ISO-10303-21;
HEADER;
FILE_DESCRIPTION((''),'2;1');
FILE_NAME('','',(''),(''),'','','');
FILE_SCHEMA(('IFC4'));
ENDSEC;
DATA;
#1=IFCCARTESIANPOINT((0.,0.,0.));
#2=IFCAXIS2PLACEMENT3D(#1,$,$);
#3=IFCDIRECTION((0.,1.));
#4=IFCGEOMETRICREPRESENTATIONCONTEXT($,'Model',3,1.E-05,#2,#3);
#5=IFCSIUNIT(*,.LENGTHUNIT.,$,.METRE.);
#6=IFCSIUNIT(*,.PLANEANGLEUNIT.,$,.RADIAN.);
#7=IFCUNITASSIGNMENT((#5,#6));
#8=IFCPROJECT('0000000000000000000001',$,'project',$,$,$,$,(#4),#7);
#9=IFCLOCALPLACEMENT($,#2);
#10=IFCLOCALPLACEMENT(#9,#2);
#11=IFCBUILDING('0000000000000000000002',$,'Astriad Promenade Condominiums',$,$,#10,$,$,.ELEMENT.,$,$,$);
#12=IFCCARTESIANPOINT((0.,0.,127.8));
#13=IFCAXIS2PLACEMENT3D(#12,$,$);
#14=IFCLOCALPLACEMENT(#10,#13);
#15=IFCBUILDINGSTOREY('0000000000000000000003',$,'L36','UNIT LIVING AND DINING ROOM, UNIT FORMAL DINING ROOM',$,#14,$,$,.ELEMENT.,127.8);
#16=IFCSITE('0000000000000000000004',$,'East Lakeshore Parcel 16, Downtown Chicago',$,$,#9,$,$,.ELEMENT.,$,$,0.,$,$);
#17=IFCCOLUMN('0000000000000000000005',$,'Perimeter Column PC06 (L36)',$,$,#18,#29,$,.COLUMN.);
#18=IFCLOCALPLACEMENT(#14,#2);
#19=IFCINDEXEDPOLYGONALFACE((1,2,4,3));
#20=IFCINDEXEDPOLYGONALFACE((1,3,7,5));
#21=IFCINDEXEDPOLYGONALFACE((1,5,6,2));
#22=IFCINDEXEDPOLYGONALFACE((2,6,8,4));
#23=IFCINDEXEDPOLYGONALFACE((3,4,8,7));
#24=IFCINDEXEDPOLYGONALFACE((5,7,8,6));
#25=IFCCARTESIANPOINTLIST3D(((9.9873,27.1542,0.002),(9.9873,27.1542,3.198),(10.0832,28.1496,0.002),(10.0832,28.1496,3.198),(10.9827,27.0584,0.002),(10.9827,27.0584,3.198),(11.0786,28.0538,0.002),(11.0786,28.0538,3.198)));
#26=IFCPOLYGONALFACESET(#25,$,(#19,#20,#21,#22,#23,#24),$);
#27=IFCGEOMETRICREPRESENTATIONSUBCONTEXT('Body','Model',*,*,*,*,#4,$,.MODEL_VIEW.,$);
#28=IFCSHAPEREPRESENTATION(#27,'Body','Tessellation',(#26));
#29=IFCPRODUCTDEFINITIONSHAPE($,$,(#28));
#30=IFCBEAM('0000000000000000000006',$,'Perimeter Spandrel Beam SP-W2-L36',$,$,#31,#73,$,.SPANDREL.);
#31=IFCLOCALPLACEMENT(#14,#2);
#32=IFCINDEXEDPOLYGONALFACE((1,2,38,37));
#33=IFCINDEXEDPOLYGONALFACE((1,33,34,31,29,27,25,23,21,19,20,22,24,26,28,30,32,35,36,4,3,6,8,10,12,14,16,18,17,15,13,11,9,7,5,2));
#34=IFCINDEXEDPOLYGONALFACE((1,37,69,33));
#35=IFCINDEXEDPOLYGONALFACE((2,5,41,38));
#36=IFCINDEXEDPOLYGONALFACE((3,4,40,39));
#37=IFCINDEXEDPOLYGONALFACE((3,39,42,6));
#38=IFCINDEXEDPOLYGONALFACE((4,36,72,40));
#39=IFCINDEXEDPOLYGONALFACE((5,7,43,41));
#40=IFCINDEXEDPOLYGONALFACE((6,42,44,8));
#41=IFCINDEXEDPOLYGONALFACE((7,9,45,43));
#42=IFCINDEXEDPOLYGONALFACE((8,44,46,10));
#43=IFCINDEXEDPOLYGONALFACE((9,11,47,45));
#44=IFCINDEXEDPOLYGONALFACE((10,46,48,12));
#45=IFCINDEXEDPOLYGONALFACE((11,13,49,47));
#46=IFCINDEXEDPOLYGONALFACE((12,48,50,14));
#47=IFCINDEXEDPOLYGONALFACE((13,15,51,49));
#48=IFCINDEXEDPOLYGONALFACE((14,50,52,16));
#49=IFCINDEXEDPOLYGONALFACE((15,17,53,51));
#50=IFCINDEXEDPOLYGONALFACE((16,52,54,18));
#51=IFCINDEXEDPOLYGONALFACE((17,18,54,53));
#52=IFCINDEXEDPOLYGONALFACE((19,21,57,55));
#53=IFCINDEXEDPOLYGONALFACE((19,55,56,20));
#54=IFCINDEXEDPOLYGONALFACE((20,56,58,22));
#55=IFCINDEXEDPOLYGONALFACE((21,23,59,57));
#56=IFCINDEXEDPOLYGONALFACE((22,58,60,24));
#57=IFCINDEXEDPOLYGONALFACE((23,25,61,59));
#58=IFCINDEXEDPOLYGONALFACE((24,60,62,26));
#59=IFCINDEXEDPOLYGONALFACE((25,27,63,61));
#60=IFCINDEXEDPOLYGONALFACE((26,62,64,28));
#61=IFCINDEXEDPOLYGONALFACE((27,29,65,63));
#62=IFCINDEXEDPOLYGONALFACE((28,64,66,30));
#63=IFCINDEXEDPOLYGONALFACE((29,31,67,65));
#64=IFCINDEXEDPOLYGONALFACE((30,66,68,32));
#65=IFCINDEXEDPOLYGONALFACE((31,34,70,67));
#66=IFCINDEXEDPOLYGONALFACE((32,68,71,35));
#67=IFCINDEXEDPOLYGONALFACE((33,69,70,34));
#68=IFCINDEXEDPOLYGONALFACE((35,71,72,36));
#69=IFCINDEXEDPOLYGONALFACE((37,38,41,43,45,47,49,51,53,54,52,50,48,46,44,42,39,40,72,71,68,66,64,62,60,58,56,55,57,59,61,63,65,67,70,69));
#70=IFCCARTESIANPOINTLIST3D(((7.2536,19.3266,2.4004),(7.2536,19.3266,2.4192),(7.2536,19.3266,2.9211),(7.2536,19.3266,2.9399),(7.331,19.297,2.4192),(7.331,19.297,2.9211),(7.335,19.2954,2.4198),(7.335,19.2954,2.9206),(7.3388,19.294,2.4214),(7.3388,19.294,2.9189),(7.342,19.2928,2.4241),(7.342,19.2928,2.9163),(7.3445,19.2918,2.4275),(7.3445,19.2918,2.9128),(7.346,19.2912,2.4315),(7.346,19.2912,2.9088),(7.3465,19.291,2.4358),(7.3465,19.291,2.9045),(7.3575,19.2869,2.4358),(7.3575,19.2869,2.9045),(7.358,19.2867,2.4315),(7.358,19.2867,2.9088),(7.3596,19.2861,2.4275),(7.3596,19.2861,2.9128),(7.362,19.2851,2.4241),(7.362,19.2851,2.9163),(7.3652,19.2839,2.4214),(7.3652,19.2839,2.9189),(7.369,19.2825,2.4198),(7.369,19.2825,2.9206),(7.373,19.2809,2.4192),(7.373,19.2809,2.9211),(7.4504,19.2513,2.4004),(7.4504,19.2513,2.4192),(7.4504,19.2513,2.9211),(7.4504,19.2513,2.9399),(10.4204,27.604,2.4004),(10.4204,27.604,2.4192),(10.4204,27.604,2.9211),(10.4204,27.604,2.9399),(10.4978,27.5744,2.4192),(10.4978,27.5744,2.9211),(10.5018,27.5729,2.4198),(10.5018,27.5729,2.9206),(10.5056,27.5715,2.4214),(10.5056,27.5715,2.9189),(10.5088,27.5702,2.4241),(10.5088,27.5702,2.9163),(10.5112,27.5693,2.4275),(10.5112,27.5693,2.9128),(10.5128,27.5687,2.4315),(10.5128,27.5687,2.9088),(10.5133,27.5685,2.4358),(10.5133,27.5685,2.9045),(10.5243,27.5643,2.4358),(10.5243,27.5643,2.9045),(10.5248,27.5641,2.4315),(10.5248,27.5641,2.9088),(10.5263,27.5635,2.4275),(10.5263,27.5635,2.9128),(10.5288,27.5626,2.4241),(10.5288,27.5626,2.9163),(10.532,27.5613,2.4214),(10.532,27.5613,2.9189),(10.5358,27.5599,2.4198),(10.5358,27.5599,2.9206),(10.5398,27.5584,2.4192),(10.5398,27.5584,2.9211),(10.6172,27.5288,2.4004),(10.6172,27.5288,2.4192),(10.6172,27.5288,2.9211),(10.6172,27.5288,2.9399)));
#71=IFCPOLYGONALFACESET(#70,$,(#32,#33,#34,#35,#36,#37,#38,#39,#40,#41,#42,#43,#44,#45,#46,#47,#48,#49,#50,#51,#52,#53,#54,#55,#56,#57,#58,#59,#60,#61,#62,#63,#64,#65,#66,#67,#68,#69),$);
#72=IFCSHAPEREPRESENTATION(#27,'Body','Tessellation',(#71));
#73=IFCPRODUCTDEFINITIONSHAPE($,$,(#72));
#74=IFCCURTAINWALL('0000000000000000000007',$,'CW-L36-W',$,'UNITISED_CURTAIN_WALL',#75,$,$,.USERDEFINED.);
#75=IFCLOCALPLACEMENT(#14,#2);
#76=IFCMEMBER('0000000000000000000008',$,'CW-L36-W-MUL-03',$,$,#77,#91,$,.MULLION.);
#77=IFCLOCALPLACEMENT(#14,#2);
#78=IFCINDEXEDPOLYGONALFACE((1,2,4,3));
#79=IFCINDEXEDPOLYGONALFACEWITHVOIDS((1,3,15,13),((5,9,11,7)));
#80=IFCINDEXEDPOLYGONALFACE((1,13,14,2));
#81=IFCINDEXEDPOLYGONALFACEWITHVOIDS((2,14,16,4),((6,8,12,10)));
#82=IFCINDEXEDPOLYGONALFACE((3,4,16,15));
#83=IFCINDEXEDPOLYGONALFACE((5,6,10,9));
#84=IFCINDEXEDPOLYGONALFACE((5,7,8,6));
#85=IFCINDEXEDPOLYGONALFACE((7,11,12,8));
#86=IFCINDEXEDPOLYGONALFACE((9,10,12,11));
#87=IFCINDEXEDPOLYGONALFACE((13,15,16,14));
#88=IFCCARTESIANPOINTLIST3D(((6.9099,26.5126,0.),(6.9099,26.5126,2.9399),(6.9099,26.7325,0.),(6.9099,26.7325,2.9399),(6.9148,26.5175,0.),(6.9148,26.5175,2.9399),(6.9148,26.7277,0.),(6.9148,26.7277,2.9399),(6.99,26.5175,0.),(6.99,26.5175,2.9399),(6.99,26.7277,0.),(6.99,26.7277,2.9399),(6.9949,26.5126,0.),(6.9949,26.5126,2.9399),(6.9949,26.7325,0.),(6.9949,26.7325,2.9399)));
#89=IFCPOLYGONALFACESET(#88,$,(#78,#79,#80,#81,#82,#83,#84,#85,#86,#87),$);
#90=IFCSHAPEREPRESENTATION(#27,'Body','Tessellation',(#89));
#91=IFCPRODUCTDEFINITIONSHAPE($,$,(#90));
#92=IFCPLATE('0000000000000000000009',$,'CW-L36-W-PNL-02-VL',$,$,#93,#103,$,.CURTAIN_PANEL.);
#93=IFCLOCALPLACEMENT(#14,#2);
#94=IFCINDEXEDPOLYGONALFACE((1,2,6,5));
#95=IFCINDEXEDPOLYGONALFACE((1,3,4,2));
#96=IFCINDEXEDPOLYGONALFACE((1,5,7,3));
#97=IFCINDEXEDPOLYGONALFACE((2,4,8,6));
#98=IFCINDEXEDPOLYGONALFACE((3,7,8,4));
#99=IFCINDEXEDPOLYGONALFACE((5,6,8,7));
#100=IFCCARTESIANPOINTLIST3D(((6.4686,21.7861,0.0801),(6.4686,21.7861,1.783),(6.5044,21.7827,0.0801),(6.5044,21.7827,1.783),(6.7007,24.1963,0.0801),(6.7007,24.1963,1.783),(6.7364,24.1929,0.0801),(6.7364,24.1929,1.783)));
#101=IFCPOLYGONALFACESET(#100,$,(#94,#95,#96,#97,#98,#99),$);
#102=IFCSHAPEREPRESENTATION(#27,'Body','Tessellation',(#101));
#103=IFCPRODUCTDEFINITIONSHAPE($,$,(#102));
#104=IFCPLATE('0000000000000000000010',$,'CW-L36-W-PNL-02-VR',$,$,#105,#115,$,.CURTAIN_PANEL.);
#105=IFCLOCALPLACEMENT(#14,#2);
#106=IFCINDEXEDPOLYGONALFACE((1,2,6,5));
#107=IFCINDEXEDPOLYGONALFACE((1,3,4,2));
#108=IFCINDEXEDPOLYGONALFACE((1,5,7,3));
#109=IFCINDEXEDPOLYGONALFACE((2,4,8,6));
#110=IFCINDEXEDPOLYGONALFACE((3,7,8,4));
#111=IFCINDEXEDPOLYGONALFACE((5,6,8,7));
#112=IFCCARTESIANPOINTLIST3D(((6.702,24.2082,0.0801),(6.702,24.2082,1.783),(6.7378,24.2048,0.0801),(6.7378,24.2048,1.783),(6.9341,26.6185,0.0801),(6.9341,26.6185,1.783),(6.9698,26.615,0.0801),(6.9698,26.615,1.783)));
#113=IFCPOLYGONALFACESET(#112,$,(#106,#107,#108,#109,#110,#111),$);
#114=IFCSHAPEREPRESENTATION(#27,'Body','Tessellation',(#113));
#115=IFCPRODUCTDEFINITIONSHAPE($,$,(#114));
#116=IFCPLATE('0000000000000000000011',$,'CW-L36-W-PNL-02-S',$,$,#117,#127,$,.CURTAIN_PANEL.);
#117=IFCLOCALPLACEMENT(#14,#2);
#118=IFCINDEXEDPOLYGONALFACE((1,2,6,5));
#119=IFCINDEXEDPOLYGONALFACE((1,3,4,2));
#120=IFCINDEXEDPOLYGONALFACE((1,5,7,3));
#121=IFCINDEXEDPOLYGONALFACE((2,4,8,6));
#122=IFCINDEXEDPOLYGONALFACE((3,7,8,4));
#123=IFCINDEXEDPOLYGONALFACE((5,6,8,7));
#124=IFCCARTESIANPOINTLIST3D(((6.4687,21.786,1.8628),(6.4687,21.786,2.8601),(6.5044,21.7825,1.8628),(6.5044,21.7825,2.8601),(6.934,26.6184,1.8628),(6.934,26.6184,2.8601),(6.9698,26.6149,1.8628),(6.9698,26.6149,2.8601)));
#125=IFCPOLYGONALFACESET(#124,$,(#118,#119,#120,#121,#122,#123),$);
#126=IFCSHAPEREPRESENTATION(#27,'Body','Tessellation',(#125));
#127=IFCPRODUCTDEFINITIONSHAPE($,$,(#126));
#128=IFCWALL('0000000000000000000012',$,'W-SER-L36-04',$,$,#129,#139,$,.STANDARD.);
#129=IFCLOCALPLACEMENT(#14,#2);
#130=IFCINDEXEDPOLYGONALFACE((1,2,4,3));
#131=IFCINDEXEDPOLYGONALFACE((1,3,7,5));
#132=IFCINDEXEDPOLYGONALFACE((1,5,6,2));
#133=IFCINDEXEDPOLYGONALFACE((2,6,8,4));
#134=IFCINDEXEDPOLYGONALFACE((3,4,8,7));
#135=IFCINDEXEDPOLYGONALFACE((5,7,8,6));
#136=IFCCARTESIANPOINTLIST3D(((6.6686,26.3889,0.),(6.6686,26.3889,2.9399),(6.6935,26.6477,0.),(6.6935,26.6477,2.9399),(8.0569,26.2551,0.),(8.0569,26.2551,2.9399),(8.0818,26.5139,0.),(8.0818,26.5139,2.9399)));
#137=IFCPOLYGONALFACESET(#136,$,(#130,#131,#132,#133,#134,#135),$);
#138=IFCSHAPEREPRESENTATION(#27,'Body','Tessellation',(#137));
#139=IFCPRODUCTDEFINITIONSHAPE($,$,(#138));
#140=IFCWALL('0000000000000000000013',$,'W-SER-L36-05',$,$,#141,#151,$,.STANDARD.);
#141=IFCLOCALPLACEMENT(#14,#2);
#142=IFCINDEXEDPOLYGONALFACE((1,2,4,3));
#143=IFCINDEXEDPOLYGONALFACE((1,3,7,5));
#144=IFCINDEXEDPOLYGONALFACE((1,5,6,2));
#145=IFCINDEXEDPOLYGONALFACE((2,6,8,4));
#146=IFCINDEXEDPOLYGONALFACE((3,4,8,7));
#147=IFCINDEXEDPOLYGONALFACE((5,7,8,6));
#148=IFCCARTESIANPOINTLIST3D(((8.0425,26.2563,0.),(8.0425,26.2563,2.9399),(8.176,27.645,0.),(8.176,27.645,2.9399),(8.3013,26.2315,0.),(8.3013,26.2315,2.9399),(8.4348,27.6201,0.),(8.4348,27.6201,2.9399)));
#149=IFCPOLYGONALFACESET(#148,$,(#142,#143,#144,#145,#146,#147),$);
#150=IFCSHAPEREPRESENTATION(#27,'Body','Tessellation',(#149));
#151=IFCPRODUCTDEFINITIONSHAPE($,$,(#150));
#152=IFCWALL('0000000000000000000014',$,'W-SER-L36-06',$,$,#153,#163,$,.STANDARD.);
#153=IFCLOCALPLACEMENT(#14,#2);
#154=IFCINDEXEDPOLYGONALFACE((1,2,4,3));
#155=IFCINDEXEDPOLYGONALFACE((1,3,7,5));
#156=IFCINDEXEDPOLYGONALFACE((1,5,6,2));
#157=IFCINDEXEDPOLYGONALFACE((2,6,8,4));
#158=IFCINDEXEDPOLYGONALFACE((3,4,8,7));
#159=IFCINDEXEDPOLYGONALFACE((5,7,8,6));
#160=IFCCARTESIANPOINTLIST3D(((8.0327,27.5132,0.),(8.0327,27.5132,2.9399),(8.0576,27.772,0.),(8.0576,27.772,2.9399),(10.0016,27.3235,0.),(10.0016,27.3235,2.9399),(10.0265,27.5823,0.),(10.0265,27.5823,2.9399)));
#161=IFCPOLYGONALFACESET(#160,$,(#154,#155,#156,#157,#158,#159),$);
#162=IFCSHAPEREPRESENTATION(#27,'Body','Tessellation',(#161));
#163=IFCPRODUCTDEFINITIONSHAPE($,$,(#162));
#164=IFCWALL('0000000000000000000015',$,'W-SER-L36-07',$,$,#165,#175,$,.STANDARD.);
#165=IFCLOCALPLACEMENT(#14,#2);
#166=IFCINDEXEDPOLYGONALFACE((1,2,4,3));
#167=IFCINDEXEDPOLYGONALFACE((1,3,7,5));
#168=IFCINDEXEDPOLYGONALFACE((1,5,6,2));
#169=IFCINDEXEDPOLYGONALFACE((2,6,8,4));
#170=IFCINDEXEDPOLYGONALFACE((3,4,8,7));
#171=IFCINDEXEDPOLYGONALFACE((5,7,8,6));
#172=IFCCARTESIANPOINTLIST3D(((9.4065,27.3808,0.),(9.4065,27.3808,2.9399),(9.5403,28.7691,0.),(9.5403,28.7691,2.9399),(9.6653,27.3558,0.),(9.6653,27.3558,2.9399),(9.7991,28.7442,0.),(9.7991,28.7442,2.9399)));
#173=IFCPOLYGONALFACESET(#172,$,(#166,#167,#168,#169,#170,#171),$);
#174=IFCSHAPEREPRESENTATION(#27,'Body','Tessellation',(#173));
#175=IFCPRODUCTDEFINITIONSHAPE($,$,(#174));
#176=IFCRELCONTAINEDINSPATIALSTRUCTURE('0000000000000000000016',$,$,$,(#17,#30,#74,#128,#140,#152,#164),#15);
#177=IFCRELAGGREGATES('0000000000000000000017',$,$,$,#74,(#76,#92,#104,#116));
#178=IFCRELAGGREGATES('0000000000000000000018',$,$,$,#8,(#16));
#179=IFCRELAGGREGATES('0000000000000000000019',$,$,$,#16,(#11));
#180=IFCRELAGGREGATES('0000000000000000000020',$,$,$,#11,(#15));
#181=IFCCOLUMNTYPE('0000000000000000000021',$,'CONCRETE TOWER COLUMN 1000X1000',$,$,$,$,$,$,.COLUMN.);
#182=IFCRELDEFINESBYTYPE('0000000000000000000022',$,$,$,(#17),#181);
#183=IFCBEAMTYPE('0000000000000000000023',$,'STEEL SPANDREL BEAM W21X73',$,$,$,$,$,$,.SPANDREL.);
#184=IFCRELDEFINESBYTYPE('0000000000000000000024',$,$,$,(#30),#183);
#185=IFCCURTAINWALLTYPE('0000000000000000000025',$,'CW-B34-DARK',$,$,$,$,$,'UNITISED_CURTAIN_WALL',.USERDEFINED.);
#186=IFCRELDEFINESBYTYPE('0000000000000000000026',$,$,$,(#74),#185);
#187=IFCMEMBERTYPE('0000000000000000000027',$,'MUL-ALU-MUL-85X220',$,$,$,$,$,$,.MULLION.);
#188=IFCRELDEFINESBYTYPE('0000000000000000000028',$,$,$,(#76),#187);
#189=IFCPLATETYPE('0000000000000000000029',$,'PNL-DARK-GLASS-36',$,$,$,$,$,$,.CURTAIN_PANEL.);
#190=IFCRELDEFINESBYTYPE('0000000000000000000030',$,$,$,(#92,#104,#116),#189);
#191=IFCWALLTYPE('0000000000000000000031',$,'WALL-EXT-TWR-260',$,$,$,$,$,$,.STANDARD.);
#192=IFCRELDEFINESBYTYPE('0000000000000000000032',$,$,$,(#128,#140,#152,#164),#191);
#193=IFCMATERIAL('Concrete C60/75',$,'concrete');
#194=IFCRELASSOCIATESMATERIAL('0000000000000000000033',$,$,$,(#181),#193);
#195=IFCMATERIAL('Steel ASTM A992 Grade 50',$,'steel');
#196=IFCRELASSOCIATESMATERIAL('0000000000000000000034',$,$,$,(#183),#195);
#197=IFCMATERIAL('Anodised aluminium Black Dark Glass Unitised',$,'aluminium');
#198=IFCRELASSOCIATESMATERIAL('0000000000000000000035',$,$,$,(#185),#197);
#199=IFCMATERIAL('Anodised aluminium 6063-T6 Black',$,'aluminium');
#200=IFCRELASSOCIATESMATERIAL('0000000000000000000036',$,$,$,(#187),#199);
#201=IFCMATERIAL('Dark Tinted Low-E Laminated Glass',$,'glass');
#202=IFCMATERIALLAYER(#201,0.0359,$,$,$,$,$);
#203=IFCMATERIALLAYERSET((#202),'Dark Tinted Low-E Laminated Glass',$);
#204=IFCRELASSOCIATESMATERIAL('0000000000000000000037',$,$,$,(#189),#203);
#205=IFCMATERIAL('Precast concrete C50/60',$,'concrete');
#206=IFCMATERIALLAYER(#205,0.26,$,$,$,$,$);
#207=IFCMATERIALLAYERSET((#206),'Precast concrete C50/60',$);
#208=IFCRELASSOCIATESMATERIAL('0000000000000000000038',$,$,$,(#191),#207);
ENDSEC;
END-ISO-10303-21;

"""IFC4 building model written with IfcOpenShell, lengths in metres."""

from ifc_helpers import new_model, si_unit, direction, frame, frame_2d, origin, origin_2d, place, context, subcontext, project, spatial, rectangle, hollow_rectangle, i_section, extrude, source, transform, mapped, material, layer, layer_set, material_profile, profile_set, type_object, type_shapes, element, aggregate, save


model = new_model("IFC4")

# Units and contexts
model_context = context("Model", 3, precision=1e-05, world=origin(), true_north=direction((0.0, 1.0)))
body_context = subcontext(model_context, "Body", "Model", "MODEL_VIEW")
ifc_project = project(units=[si_unit("LENGTHUNIT", "METRE"), si_unit("PLANEANGLEUNIT", "RADIAN")], contexts=[model_context])

# Site, building, storey
site_placement = place(None, origin())
site = spatial("IfcSite", under=ifc_project, at=site_placement, Name="East Lakeshore Parcel 16, Downtown Chicago", CompositionType="ELEMENT", RefElevation=0.0)
building_placement = place(site_placement, origin())
building = spatial("IfcBuilding", under=site, at=building_placement, Name="Astriad Promenade Condominiums", CompositionType="ELEMENT")
storey_placement = place(building_placement, frame((0.0, 0.0, 127.8)))
storey = spatial("IfcBuildingStorey", under=building, at=storey_placement, Name="L36", Description="UNIT LIVING AND DINING ROOM, UNIT FORMAL DINING ROOM", CompositionType="ELEMENT", Elevation=127.8)

# Column
ifc_material_1 = material(Name="Concrete C60/75", Category="concrete")
ifc_material_profile_1 = material_profile(ifc_material_1, rectangle(XDim=1.0, YDim=1.0, at=origin_2d()), Name="RC-COL-1000X1000")
ifc_profile_set_1 = profile_set([ifc_material_profile_1], Name="Concrete C60/75")
column_type = type_object("IfcColumnType", Name="CONCRETE TOWER COLUMN 1000X1000", PredefinedType="COLUMN", material=ifc_profile_set_1)
shared_shape_1 = source(origin(), body_context, "Body", "SweptSolid", [
    extrude(rectangle(XDim=1.0, YDim=1.0, at=origin_2d()), origin(), (0.0, 0.0, 1.0), 3.196),
])
type_shapes(column_type, [shared_shape_1])
column_placement = place(storey_placement, frame((10.533, 27.604, 0.002), z_axis=(0.0, 0.0, 1.0), x_axis=(0.995396, -0.095846, 0.0)))
element("IfcColumn", 1, at=column_placement, inside=storey, type_object=column_type, Name="Perimeter Column PC06 (L36)", PredefinedType="COLUMN", context=body_context, shape_type="MappedRepresentation", body=[
    mapped(shared_shape_1, transform((0.0, 0.0, 0.0), scale=1.0)),
])

# Beam
ifc_material_2 = material(Name="Steel ASTM A992 Grade 50", Category="steel")
ifc_material_profile_2 = material_profile(ifc_material_2, i_section(OverallWidth=0.2107, OverallDepth=0.5396, WebThickness=0.0117, FlangeThickness=0.0188, FilletRadius=0.0166, at=origin_2d()), Name="W21X73")
ifc_profile_set_2 = profile_set([ifc_material_profile_2], Name="Steel ASTM A992 Grade 50")
beam_type = type_object("IfcBeamType", Name="STEEL SPANDREL BEAM W21X73", PredefinedType="SPANDREL", material=ifc_profile_set_2)
shared_shape_2 = source(origin(), body_context, "Body", "SweptSolid", [
    extrude(i_section(OverallWidth=0.2107, OverallDepth=0.5396, WebThickness=0.0117, FlangeThickness=0.0188, FilletRadius=0.0166, at=origin_2d()), origin(), (0.0, 0.0, 1.0), 8.8625),
])
type_shapes(beam_type, [shared_shape_2])
beam_placement = place(storey_placement, frame((10.5188, 27.5664, 2.6702), z_axis=(-0.357323, -0.933981, 0.0), x_axis=(0.933981, -0.357323, 0.0)))
element("IfcBeam", 2, at=beam_placement, inside=storey, type_object=beam_type, Name="Perimeter Spandrel Beam SP-W2-L36", PredefinedType="SPANDREL", context=body_context, shape_type="MappedRepresentation", body=[
    mapped(shared_shape_2, transform((0.0, 0.0, 0.0), scale=1.0)),
])

# Curtain wall, member, plates
ifc_material_3 = material(Name="Anodised aluminium Black Dark Glass Unitised", Category="aluminium")
curtain_wall_type = type_object("IfcCurtainWallType", Name="CW-B34-DARK", ElementType="UNITISED_CURTAIN_WALL", PredefinedType="USERDEFINED", material=ifc_material_3)
curtain_wall_placement = place(storey_placement, origin())
curtain_wall = element("IfcCurtainWall", 3, at=curtain_wall_placement, inside=storey, type_object=curtain_wall_type, Name="CW-L36-W", ObjectType="UNITISED_CURTAIN_WALL", PredefinedType="USERDEFINED")
ifc_material_4 = material(Name="Anodised aluminium 6063-T6 Black", Category="aluminium")
ifc_material_profile_3 = material_profile(ifc_material_4, hollow_rectangle(XDim=0.085, YDim=0.22, WallThickness=0.0049, at=origin_2d()), Name="ALU-MUL-85X220")
ifc_profile_set_3 = profile_set([ifc_material_profile_3], Name="Anodised aluminium 6063-T6 Black")
member_type = type_object("IfcMemberType", Name="MUL-ALU-MUL-85X220", PredefinedType="MULLION", material=ifc_profile_set_3)
shared_shape_3 = source(origin(), body_context, "Body", "SweptSolid", [
    extrude(hollow_rectangle(XDim=0.085, YDim=0.22, WallThickness=0.0049, at=origin_2d()), origin(), (0.0, 0.0, 1.0), 2.9399),
])
type_shapes(member_type, [shared_shape_3])
member_placement = place(storey_placement, frame((6.9524, 26.6226, 0.0), z_axis=(0.0, 0.0, 1.0), x_axis=(1.0, 0.0, 0.0)))
member = element("IfcMember", 4, at=member_placement, type_object=member_type, Name="CW-L36-W-MUL-03", PredefinedType="MULLION", context=body_context, shape_type="MappedRepresentation", body=[
    mapped(shared_shape_3, transform((0.0, 0.0, 0.0), scale=1.0)),
])
ifc_material_5 = material(Name="Dark Tinted Low-E Laminated Glass", Category="glass")
ifc_layer_1 = layer(ifc_material_5, 0.0359)
ifc_layer_set_1 = layer_set([ifc_layer_1], Name="Dark Tinted Low-E Laminated Glass")
plate_type = type_object("IfcPlateType", Name="PNL-DARK-GLASS-36", PredefinedType="CURTAIN_PANEL", material=ifc_layer_set_1)
shared_shape_4 = source(origin(), body_context, "Body", "SweptSolid", [
    extrude(rectangle(XDim=2.4214, YDim=0.0359, at=origin_2d()), origin(), (0.0, 0.0, 1.0), 1.7029),
])
plate_1_placement = place(storey_placement, frame((6.6025, 22.9895, 0.0801), z_axis=(0.0, 0.0, 1.0), x_axis=(0.095846, 0.995396, 0.0)))
plate_1 = element("IfcPlate", 5, at=plate_1_placement, type_object=plate_type, Name="CW-L36-W-PNL-02-VL", PredefinedType="CURTAIN_PANEL", context=body_context, shape_type="MappedRepresentation", body=[
    mapped(shared_shape_4, transform((0.0, 0.0, 0.0), scale=1.0)),
])
plate_2_placement = place(storey_placement, frame((6.8359, 25.4116, 0.0801), z_axis=(0.0, 0.0, 1.0), x_axis=(0.095846, 0.995396, 0.0)))
plate_2 = element("IfcPlate", 6, at=plate_2_placement, type_object=plate_type, Name="CW-L36-W-PNL-02-VR", PredefinedType="CURTAIN_PANEL", context=body_context, shape_type="MappedRepresentation", body=[
    mapped(shared_shape_4, transform((0.0, 0.0, 0.0), scale=1.0)),
])
shared_shape_5 = source(origin(), body_context, "Body", "SweptSolid", [
    extrude(rectangle(XDim=4.8547, YDim=0.0359, at=origin_2d()), origin(), (0.0, 0.0, 1.0), 0.9973),
])
type_shapes(plate_type, [shared_shape_4, shared_shape_5])
plate_3_placement = place(storey_placement, frame((6.7192, 24.2004, 1.8628), z_axis=(0.0, 0.0, 1.0), x_axis=(0.095846, 0.995396, 0.0)))
plate_3 = element("IfcPlate", 7, at=plate_3_placement, type_object=plate_type, Name="CW-L36-W-PNL-02-S", PredefinedType="CURTAIN_PANEL", context=body_context, shape_type="MappedRepresentation", body=[
    mapped(shared_shape_5, transform((0.0, 0.0, 0.0), scale=1.0)),
])
aggregate(curtain_wall, [member, plate_1, plate_2, plate_3])

# Walls
ifc_material_6 = material(Name="Precast concrete C50/60", Category="concrete")
ifc_layer_2 = layer(ifc_material_6, 0.26)
ifc_layer_set_2 = layer_set([ifc_layer_2], Name="Precast concrete C50/60")
wall_type_1 = type_object("IfcWallType", Name="WALL-EXT-TWR-260", PredefinedType="STANDARD", material=ifc_layer_set_2)
wall_1_placement = place(storey_placement, frame((6.6812, 26.5183, 0.0), z_axis=(0.0, 0.0, 1.0), x_axis=(0.995389, -0.095916, 0.0)))
element("IfcWall", 8, at=wall_1_placement, inside=storey, type_object=wall_type_1, Name="W-SER-L36-04", PredefinedType="STANDARD", context=body_context, shape_type="SweptSolid", body=[
    extrude(rectangle(XDim=1.3948, YDim=0.26, at=frame_2d((0.6973, 0.0))), origin(), (0.0, 0.0, 1.0), 2.9399),
])
wall_2_placement = place(storey_placement, frame((8.1719, 26.2439, 0.0), z_axis=(0.0, 0.0, 1.0), x_axis=(0.095726, 0.995408, 0.0)))
element("IfcWall", 9, at=wall_2_placement, inside=storey, type_object=wall_type_1, Name="W-SER-L36-05", PredefinedType="STANDARD", context=body_context, shape_type="SweptSolid", body=[
    extrude(rectangle(XDim=1.395, YDim=0.26, at=frame_2d((0.6975, 0.0))), origin(), (0.0, 0.0, 1.0), 2.9399),
])
wall_3_placement = place(storey_placement, frame((8.0452, 27.6426, 0.0), z_axis=(0.0, 0.0, 1.0), x_axis=(0.995391, -0.095898, 0.0)))
element("IfcWall", 10, at=wall_3_placement, inside=storey, type_object=wall_type_1, Name="W-SER-L36-06", PredefinedType="STANDARD", context=body_context, shape_type="SweptSolid", body=[
    extrude(rectangle(XDim=1.978, YDim=0.26, at=frame_2d((0.989, 0.0))), origin(), (0.0, 0.0, 1.0), 2.9399),
])
wall_4_placement = place(storey_placement, frame((9.5359, 27.3684, 0.0), z_axis=(0.0, 0.0, 1.0), x_axis=(0.095916, 0.995389, 0.0)))
element("IfcWall", 11, at=wall_4_placement, inside=storey, type_object=wall_type_1, Name="W-SER-L36-07", PredefinedType="STANDARD", context=body_context, shape_type="SweptSolid", body=[
    extrude(rectangle(XDim=1.3948, YDim=0.26, at=frame_2d((0.6973, 0.0))), origin(), (0.0, 0.0, 1.0), 2.9399),
])

save(model, "model.ifc")
